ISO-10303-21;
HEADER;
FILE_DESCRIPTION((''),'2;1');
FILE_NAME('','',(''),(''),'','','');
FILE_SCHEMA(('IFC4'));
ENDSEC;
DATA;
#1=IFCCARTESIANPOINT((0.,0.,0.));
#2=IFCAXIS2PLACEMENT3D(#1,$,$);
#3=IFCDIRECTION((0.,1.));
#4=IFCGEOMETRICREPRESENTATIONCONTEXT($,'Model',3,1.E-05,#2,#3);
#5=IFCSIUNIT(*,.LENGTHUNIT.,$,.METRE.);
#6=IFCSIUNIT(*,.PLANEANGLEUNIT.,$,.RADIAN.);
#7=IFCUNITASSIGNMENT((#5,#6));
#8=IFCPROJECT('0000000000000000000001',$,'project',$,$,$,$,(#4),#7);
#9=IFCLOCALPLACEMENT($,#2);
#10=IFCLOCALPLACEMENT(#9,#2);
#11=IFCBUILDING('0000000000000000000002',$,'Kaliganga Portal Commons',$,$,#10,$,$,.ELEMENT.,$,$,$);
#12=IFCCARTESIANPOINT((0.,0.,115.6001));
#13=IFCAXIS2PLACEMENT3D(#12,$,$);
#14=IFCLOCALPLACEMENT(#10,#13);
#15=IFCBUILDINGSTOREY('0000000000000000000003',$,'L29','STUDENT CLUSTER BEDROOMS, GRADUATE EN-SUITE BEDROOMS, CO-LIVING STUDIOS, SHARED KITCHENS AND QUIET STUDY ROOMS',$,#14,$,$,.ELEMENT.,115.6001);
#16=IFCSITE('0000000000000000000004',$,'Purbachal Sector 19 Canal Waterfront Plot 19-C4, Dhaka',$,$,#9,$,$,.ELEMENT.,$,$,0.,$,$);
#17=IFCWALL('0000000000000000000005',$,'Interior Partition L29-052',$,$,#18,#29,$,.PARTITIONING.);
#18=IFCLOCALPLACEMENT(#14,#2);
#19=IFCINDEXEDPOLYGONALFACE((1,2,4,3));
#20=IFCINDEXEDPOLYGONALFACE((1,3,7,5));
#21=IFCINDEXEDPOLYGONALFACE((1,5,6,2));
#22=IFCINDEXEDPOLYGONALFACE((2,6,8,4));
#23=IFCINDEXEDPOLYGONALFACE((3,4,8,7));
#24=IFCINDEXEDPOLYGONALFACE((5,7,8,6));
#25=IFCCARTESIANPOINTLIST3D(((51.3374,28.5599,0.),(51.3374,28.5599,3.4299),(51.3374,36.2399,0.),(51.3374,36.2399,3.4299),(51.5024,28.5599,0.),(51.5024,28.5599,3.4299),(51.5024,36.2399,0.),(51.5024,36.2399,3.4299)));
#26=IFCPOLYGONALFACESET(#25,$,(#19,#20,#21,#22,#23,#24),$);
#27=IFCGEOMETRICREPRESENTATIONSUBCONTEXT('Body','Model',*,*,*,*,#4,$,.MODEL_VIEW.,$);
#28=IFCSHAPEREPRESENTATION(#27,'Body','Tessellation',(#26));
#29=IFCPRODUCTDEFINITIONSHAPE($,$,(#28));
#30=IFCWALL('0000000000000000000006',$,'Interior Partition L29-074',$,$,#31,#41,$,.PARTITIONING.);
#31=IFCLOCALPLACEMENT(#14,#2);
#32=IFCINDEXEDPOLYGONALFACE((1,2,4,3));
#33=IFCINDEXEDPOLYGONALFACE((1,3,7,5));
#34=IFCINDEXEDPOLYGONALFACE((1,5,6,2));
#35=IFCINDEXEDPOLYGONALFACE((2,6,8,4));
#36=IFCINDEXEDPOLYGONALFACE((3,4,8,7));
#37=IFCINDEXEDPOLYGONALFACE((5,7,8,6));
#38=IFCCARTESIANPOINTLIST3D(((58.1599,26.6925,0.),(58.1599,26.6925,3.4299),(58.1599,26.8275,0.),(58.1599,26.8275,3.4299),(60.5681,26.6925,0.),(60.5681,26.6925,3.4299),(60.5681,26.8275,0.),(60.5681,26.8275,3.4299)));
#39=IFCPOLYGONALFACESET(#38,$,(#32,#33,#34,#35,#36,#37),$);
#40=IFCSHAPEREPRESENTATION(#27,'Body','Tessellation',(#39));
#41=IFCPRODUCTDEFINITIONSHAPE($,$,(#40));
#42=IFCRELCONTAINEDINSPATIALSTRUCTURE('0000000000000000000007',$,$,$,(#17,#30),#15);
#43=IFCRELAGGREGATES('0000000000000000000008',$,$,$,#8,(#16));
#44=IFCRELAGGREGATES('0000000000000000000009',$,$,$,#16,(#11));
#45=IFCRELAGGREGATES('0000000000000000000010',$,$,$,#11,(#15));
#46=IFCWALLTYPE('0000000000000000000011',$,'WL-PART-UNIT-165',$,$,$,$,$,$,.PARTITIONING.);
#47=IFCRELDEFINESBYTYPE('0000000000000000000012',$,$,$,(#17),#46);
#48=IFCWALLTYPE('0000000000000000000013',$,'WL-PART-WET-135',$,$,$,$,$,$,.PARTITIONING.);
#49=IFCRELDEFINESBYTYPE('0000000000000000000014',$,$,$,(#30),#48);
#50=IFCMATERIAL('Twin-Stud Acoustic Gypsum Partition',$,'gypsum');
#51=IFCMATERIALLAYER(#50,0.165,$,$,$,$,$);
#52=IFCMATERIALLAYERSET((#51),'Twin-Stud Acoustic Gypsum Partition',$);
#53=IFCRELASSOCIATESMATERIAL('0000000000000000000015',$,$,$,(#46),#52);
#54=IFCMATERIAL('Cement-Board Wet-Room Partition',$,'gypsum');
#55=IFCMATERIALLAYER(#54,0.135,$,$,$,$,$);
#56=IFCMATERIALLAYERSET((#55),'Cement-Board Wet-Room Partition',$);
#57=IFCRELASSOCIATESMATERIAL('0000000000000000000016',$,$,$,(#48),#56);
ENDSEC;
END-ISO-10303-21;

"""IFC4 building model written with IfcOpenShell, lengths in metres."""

from ifc_helpers import new_model, si_unit, direction, frame, frame_2d, origin, place, context, subcontext, project, spatial, rectangle, extrude, material, layer, layer_set, type_object, element, save


model = new_model("IFC4")

# Units and contexts
model_context = context("Model", 3, precision=1e-05, world=origin(), true_north=direction((0.0, 1.0)))
body_context = subcontext(model_context, "Body", "Model", "MODEL_VIEW")
ifc_project = project(units=[si_unit("LENGTHUNIT", "METRE"), si_unit("PLANEANGLEUNIT", "RADIAN")], contexts=[model_context])

# Site, building, storey
site_placement = place(None, origin())
site = spatial("IfcSite", under=ifc_project, at=site_placement, Name="Purbachal Sector 19 Canal Waterfront Plot 19-C4, Dhaka", CompositionType="ELEMENT", RefElevation=0.0)
building_placement = place(site_placement, origin())
building = spatial("IfcBuilding", under=site, at=building_placement, Name="Kaliganga Portal Commons", CompositionType="ELEMENT")
storey_placement = place(building_placement, frame((0.0, 0.0, 115.6001)))
storey = spatial("IfcBuildingStorey", under=building, at=storey_placement, Name="L29", Description="STUDENT CLUSTER BEDROOMS, GRADUATE EN-SUITE BEDROOMS, CO-LIVING STUDIOS, SHARED KITCHENS AND QUIET STUDY ROOMS", CompositionType="ELEMENT", Elevation=115.6001)

# Walls
ifc_material_1 = material(Name="Twin-Stud Acoustic Gypsum Partition", Category="gypsum")
ifc_layer_1 = layer(ifc_material_1, 0.165)
ifc_layer_set_1 = layer_set([ifc_layer_1], Name="Twin-Stud Acoustic Gypsum Partition")
wall_type_1 = type_object("IfcWallType", Name="WL-PART-UNIT-165", PredefinedType="PARTITIONING", material=ifc_layer_set_1)
wall_1_placement = place(storey_placement, frame((51.4199, 28.5601, 0.0), z_axis=(0.0, 0.0, 1.0), x_axis=(0.0, 1.0, 0.0)))
element("IfcWall", 1, at=wall_1_placement, inside=storey, type_object=wall_type_1, Name="Interior Partition L29-052", PredefinedType="PARTITIONING", context=body_context, shape_type="SweptSolid", body=[
    extrude(rectangle(XDim=7.6799, YDim=0.165, at=frame_2d((3.8398, 0.0))), origin(), (0.0, 0.0, 1.0), 3.4299),
])
ifc_material_2 = material(Name="Cement-Board Wet-Room Partition", Category="gypsum")
ifc_layer_2 = layer(ifc_material_2, 0.135)
ifc_layer_set_2 = layer_set([ifc_layer_2], Name="Cement-Board Wet-Room Partition")
wall_type_2 = type_object("IfcWallType", Name="WL-PART-WET-135", PredefinedType="PARTITIONING", material=ifc_layer_set_2)
wall_2_placement = place(storey_placement, frame((58.1599, 26.76, 0.0), z_axis=(0.0, 0.0, 1.0), x_axis=(1.0, 0.0, 0.0)))
element("IfcWall", 2, at=wall_2_placement, inside=storey, type_object=wall_type_2, Name="Interior Partition L29-074", PredefinedType="PARTITIONING", context=body_context, shape_type="SweptSolid", body=[
    extrude(rectangle(XDim=2.4082, YDim=0.135, at=frame_2d((1.2041, 0.0))), origin(), (0.0, 0.0, 1.0), 3.4299),
])

save(model, "model.ifc")
